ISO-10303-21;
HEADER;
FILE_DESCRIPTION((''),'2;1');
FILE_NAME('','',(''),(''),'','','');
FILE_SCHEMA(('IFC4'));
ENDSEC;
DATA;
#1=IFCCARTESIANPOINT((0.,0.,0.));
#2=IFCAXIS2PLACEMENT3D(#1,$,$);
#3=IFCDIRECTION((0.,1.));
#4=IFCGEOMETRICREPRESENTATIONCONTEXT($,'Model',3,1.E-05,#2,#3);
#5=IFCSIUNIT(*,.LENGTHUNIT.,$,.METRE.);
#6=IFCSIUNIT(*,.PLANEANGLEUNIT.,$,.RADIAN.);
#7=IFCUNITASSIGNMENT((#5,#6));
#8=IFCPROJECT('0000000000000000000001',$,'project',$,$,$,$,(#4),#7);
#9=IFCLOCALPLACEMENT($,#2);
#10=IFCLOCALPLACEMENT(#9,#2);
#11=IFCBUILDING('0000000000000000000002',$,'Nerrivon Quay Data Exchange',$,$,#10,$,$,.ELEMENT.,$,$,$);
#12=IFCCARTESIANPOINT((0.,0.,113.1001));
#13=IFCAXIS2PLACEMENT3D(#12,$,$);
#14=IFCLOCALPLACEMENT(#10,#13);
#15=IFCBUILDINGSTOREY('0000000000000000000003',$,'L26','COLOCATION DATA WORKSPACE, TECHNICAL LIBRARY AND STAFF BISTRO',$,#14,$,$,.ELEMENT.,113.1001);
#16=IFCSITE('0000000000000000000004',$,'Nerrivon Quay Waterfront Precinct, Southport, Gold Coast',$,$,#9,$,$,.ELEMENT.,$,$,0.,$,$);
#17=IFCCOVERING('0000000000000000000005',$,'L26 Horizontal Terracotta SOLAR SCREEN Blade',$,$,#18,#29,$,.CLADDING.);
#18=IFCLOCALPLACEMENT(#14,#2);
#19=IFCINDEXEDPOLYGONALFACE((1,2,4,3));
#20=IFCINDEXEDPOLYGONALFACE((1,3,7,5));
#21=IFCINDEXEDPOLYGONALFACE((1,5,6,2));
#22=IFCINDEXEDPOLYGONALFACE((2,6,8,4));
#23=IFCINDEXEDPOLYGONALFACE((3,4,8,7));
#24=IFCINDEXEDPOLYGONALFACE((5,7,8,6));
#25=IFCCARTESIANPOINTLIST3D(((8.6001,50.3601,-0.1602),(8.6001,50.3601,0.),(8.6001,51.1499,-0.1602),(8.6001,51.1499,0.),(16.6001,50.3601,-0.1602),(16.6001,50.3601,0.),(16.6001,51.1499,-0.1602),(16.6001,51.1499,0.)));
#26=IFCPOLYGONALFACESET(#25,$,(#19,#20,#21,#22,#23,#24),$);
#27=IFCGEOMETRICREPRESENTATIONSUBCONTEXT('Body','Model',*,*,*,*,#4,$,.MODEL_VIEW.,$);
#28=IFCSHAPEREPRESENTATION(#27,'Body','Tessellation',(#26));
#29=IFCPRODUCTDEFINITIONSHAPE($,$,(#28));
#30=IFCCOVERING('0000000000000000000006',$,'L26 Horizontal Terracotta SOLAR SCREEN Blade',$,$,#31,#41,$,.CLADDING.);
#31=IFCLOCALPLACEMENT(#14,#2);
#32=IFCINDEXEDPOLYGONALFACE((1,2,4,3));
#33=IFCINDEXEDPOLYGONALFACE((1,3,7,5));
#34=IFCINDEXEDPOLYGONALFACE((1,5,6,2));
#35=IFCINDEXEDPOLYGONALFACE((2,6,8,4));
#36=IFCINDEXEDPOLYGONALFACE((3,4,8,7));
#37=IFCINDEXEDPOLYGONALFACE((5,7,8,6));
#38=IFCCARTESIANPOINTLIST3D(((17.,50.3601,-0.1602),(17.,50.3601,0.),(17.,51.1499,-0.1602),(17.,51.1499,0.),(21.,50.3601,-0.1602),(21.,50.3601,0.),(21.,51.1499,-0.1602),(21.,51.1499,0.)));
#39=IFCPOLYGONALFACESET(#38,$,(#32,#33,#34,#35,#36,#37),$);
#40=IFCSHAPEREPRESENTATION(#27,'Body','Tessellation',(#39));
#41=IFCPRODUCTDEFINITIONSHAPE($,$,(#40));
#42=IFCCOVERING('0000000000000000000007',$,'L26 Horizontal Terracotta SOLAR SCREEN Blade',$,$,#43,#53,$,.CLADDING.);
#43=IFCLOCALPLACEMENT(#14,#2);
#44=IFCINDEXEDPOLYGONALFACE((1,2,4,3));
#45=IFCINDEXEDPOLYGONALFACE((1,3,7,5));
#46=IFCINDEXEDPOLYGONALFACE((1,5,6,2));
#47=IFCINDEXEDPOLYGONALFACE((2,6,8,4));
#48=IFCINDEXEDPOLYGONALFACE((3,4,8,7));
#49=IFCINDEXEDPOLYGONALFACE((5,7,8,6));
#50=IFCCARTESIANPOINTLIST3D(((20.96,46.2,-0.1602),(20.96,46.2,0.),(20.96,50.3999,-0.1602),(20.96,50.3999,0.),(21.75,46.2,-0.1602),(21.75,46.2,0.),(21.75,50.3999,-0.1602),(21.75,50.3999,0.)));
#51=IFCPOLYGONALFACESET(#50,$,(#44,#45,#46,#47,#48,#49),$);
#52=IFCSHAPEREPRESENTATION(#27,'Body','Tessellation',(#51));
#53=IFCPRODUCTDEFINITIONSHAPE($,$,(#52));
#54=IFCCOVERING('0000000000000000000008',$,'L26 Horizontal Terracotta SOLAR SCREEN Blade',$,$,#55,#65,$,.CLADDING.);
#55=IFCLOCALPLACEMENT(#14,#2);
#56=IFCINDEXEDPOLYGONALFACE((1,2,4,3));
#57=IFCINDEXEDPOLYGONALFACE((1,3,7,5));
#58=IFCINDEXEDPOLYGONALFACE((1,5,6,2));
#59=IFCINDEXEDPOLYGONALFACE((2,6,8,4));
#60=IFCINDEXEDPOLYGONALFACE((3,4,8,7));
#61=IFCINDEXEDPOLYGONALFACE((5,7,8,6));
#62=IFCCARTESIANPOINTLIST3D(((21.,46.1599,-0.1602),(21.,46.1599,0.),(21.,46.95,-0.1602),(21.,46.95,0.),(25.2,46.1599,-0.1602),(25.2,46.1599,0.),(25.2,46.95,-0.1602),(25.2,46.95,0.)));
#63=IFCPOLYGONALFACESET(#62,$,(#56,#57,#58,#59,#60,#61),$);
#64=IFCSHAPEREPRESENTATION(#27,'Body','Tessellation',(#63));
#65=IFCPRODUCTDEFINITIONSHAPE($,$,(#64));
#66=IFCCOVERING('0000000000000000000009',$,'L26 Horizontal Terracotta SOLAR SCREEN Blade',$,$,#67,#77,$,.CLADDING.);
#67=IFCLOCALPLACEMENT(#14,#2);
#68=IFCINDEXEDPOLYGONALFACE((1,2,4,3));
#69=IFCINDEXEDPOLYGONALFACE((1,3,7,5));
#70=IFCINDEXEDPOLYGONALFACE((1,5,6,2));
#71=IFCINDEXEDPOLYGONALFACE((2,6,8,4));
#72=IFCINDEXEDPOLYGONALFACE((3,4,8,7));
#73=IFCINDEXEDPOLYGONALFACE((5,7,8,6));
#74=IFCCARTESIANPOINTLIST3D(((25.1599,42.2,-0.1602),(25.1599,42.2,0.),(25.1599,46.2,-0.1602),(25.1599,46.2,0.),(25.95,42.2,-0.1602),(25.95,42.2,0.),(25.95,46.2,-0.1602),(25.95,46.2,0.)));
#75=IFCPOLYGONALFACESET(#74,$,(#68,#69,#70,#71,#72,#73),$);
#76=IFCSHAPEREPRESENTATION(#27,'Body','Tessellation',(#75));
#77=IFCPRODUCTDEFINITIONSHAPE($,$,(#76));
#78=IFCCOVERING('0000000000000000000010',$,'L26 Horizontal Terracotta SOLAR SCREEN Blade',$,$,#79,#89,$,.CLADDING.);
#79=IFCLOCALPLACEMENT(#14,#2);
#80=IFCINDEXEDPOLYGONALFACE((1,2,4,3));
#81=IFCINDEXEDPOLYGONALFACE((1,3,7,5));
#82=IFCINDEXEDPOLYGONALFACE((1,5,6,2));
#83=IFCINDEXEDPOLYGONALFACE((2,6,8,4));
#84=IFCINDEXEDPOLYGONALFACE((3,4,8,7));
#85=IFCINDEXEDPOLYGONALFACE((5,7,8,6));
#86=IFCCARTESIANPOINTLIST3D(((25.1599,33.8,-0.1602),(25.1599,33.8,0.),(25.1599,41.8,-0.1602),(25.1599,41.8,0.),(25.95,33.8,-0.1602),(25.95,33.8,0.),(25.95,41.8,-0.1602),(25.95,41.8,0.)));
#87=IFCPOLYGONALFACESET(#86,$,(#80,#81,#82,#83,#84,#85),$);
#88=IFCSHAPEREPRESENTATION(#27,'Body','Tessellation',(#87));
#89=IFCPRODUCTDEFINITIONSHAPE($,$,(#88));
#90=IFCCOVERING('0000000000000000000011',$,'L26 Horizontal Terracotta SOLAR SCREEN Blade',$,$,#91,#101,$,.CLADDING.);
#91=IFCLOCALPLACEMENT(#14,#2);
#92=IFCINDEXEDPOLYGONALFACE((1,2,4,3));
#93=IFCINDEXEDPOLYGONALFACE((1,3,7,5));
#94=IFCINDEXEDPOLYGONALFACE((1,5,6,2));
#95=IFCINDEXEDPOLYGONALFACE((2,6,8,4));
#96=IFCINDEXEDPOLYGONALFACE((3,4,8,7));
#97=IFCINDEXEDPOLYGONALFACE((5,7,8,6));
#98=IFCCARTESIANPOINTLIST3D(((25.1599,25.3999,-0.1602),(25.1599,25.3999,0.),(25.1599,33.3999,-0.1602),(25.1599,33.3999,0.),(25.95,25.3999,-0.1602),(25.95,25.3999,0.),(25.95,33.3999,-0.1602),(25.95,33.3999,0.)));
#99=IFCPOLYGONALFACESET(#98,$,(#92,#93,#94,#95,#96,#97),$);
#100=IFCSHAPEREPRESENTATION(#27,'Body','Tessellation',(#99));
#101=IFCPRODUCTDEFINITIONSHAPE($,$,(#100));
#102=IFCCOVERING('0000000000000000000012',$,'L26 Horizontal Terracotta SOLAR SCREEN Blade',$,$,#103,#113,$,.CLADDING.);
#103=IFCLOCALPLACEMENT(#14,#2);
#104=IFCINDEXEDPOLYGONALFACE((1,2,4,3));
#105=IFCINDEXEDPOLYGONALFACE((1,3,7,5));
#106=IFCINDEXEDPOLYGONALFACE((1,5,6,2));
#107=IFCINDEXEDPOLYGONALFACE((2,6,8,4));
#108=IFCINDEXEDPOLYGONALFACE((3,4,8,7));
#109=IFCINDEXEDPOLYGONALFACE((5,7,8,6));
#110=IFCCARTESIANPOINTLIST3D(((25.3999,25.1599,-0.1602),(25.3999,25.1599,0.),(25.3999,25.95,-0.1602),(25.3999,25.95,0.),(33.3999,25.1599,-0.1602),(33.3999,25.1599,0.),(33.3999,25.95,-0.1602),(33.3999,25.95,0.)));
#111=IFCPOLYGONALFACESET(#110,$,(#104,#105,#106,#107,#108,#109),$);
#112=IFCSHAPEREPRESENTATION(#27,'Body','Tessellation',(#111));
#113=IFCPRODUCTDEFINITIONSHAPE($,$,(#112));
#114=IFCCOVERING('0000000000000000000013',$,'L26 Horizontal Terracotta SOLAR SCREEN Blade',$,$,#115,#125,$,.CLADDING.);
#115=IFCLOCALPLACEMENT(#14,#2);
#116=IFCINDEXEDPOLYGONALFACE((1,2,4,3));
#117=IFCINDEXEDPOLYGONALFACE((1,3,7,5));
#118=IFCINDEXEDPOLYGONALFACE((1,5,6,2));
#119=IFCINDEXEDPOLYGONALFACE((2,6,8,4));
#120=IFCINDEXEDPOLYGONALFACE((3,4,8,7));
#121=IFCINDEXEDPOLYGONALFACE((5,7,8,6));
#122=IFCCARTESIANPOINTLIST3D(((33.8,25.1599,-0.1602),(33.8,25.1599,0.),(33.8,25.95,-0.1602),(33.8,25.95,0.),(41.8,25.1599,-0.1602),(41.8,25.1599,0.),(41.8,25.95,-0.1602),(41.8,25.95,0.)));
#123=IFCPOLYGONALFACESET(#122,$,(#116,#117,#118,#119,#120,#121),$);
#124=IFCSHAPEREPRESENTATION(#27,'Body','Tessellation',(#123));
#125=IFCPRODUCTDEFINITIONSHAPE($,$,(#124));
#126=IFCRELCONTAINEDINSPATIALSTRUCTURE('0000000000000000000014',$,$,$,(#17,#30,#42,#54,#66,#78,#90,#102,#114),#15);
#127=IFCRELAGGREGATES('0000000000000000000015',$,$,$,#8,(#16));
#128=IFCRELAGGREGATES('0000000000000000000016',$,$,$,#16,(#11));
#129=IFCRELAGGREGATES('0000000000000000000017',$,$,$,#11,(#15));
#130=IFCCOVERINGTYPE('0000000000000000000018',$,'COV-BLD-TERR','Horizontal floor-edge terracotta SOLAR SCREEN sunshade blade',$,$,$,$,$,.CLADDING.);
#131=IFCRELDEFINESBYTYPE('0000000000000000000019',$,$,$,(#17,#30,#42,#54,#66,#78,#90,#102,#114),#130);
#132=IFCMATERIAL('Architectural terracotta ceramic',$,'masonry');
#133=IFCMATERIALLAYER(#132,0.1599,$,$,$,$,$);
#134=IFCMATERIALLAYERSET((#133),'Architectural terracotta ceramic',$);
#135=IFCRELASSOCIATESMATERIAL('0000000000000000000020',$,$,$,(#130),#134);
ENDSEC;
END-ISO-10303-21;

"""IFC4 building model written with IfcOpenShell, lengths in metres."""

from ifc_helpers import new_model, si_unit, direction, frame, origin, place, context, subcontext, project, spatial, polyline, outline, extrude, material, layer, layer_set, type_object, element, save


model = new_model("IFC4")

# Units and contexts
model_context = context("Model", 3, precision=1e-05, world=origin(), true_north=direction((0.0, 1.0)))
body_context = subcontext(model_context, "Body", "Model", "MODEL_VIEW")
ifc_project = project(units=[si_unit("LENGTHUNIT", "METRE"), si_unit("PLANEANGLEUNIT", "RADIAN")], contexts=[model_context])

# Site, building, storey
site_placement = place(None, origin())
site = spatial("IfcSite", under=ifc_project, at=site_placement, Name="Nerrivon Quay Waterfront Precinct, Southport, Gold Coast", CompositionType="ELEMENT", RefElevation=0.0)
building_placement = place(site_placement, origin())
building = spatial("IfcBuilding", under=site, at=building_placement, Name="Nerrivon Quay Data Exchange", CompositionType="ELEMENT")
storey_placement = place(building_placement, frame((0.0, 0.0, 113.1001)))
storey = spatial("IfcBuildingStorey", under=building, at=storey_placement, Name="L26", Description="COLOCATION DATA WORKSPACE, TECHNICAL LIBRARY AND STAFF BISTRO", CompositionType="ELEMENT", Elevation=113.1001)

# Coverings
ifc_material_1 = material(Name="Architectural terracotta ceramic", Category="masonry")
ifc_layer_1 = layer(ifc_material_1, 0.1599)
ifc_layer_set_1 = layer_set([ifc_layer_1], Name="Architectural terracotta ceramic")
covering_type = type_object("IfcCoveringType", Name="COV-BLD-TERR", Description="Horizontal floor-edge terracotta SOLAR SCREEN sunshade blade", PredefinedType="CLADDING", material=ifc_layer_set_1)
covering_1_placement = place(storey_placement, frame((0.0, 0.0, -0.1602)))
element("IfcCovering", 1, at=covering_1_placement, inside=storey, type_object=covering_type, Name="L26 Horizontal Terracotta SOLAR SCREEN Blade", PredefinedType="CLADDING", context=body_context, shape_type="SweptSolid", body=[
    extrude(outline(polyline([(8.6001, 50.3601), (16.6001, 50.3601), (16.6001, 51.1499), (8.6001, 51.1499), (8.6001, 50.3601)])), origin(), (0.0, 0.0, 1.0), 0.1602),
])
covering_2_placement = place(storey_placement, frame((0.0, 0.0, -0.1602)))
element("IfcCovering", 2, at=covering_2_placement, inside=storey, type_object=covering_type, Name="L26 Horizontal Terracotta SOLAR SCREEN Blade", PredefinedType="CLADDING", context=body_context, shape_type="SweptSolid", body=[
    extrude(outline(polyline([(17.0, 50.3601), (21.0, 50.3601), (21.0, 51.1499), (17.0, 51.1499), (17.0, 50.3601)])), origin(), (0.0, 0.0, 1.0), 0.1602),
])
covering_3_placement = place(storey_placement, frame((0.0, 0.0, -0.1602)))
element("IfcCovering", 3, at=covering_3_placement, inside=storey, type_object=covering_type, Name="L26 Horizontal Terracotta SOLAR SCREEN Blade", PredefinedType="CLADDING", context=body_context, shape_type="SweptSolid", body=[
    extrude(outline(polyline([(20.96, 50.3999), (20.96, 46.2), (21.75, 46.2), (21.75, 50.3999), (20.96, 50.3999)])), origin(), (0.0, 0.0, 1.0), 0.1602),
])
covering_4_placement = place(storey_placement, frame((0.0, 0.0, -0.1602)))
element("IfcCovering", 4, at=covering_4_placement, inside=storey, type_object=covering_type, Name="L26 Horizontal Terracotta SOLAR SCREEN Blade", PredefinedType="CLADDING", context=body_context, shape_type="SweptSolid", body=[
    extrude(outline(polyline([(21.0, 46.1599), (25.2, 46.1599), (25.2, 46.95), (21.0, 46.95), (21.0, 46.1599)])), origin(), (0.0, 0.0, 1.0), 0.1602),
])
covering_5_placement = place(storey_placement, frame((0.0, 0.0, -0.1602)))
element("IfcCovering", 5, at=covering_5_placement, inside=storey, type_object=covering_type, Name="L26 Horizontal Terracotta SOLAR SCREEN Blade", PredefinedType="CLADDING", context=body_context, shape_type="SweptSolid", body=[
    extrude(outline(polyline([(25.1599, 46.2), (25.1599, 42.2), (25.95, 42.2), (25.95, 46.2), (25.1599, 46.2)])), origin(), (0.0, 0.0, 1.0), 0.1602),
])
covering_6_placement = place(storey_placement, frame((0.0, 0.0, -0.1602)))
element("IfcCovering", 6, at=covering_6_placement, inside=storey, type_object=covering_type, Name="L26 Horizontal Terracotta SOLAR SCREEN Blade", PredefinedType="CLADDING", context=body_context, shape_type="SweptSolid", body=[
    extrude(outline(polyline([(25.1599, 41.8), (25.1599, 33.8), (25.95, 33.8), (25.95, 41.8), (25.1599, 41.8)])), origin(), (0.0, 0.0, 1.0), 0.1602),
])
covering_7_placement = place(storey_placement, frame((0.0, 0.0, -0.1602)))
element("IfcCovering", 7, at=covering_7_placement, inside=storey, type_object=covering_type, Name="L26 Horizontal Terracotta SOLAR SCREEN Blade", PredefinedType="CLADDING", context=body_context, shape_type="SweptSolid", body=[
    extrude(outline(polyline([(25.1599, 33.3999), (25.1599, 25.3999), (25.95, 25.3999), (25.95, 33.3999), (25.1599, 33.3999)])), origin(), (0.0, 0.0, 1.0), 0.1602),
])
covering_8_placement = place(storey_placement, frame((0.0, 0.0, -0.1602)))
element("IfcCovering", 8, at=covering_8_placement, inside=storey, type_object=covering_type, Name="L26 Horizontal Terracotta SOLAR SCREEN Blade", PredefinedType="CLADDING", context=body_context, shape_type="SweptSolid", body=[
    extrude(outline(polyline([(25.3999, 25.1599), (33.3999, 25.1599), (33.3999, 25.95), (25.3999, 25.95), (25.3999, 25.1599)])), origin(), (0.0, 0.0, 1.0), 0.1602),
])
covering_9_placement = place(storey_placement, frame((0.0, 0.0, -0.1602)))
element("IfcCovering", 9, at=covering_9_placement, inside=storey, type_object=covering_type, Name="L26 Horizontal Terracotta SOLAR SCREEN Blade", PredefinedType="CLADDING", context=body_context, shape_type="SweptSolid", body=[
    extrude(outline(polyline([(33.8, 25.1599), (41.8, 25.1599), (41.8, 25.95), (33.8, 25.95), (33.8, 25.1599)])), origin(), (0.0, 0.0, 1.0), 0.1602),
])

save(model, "model.ifc")
